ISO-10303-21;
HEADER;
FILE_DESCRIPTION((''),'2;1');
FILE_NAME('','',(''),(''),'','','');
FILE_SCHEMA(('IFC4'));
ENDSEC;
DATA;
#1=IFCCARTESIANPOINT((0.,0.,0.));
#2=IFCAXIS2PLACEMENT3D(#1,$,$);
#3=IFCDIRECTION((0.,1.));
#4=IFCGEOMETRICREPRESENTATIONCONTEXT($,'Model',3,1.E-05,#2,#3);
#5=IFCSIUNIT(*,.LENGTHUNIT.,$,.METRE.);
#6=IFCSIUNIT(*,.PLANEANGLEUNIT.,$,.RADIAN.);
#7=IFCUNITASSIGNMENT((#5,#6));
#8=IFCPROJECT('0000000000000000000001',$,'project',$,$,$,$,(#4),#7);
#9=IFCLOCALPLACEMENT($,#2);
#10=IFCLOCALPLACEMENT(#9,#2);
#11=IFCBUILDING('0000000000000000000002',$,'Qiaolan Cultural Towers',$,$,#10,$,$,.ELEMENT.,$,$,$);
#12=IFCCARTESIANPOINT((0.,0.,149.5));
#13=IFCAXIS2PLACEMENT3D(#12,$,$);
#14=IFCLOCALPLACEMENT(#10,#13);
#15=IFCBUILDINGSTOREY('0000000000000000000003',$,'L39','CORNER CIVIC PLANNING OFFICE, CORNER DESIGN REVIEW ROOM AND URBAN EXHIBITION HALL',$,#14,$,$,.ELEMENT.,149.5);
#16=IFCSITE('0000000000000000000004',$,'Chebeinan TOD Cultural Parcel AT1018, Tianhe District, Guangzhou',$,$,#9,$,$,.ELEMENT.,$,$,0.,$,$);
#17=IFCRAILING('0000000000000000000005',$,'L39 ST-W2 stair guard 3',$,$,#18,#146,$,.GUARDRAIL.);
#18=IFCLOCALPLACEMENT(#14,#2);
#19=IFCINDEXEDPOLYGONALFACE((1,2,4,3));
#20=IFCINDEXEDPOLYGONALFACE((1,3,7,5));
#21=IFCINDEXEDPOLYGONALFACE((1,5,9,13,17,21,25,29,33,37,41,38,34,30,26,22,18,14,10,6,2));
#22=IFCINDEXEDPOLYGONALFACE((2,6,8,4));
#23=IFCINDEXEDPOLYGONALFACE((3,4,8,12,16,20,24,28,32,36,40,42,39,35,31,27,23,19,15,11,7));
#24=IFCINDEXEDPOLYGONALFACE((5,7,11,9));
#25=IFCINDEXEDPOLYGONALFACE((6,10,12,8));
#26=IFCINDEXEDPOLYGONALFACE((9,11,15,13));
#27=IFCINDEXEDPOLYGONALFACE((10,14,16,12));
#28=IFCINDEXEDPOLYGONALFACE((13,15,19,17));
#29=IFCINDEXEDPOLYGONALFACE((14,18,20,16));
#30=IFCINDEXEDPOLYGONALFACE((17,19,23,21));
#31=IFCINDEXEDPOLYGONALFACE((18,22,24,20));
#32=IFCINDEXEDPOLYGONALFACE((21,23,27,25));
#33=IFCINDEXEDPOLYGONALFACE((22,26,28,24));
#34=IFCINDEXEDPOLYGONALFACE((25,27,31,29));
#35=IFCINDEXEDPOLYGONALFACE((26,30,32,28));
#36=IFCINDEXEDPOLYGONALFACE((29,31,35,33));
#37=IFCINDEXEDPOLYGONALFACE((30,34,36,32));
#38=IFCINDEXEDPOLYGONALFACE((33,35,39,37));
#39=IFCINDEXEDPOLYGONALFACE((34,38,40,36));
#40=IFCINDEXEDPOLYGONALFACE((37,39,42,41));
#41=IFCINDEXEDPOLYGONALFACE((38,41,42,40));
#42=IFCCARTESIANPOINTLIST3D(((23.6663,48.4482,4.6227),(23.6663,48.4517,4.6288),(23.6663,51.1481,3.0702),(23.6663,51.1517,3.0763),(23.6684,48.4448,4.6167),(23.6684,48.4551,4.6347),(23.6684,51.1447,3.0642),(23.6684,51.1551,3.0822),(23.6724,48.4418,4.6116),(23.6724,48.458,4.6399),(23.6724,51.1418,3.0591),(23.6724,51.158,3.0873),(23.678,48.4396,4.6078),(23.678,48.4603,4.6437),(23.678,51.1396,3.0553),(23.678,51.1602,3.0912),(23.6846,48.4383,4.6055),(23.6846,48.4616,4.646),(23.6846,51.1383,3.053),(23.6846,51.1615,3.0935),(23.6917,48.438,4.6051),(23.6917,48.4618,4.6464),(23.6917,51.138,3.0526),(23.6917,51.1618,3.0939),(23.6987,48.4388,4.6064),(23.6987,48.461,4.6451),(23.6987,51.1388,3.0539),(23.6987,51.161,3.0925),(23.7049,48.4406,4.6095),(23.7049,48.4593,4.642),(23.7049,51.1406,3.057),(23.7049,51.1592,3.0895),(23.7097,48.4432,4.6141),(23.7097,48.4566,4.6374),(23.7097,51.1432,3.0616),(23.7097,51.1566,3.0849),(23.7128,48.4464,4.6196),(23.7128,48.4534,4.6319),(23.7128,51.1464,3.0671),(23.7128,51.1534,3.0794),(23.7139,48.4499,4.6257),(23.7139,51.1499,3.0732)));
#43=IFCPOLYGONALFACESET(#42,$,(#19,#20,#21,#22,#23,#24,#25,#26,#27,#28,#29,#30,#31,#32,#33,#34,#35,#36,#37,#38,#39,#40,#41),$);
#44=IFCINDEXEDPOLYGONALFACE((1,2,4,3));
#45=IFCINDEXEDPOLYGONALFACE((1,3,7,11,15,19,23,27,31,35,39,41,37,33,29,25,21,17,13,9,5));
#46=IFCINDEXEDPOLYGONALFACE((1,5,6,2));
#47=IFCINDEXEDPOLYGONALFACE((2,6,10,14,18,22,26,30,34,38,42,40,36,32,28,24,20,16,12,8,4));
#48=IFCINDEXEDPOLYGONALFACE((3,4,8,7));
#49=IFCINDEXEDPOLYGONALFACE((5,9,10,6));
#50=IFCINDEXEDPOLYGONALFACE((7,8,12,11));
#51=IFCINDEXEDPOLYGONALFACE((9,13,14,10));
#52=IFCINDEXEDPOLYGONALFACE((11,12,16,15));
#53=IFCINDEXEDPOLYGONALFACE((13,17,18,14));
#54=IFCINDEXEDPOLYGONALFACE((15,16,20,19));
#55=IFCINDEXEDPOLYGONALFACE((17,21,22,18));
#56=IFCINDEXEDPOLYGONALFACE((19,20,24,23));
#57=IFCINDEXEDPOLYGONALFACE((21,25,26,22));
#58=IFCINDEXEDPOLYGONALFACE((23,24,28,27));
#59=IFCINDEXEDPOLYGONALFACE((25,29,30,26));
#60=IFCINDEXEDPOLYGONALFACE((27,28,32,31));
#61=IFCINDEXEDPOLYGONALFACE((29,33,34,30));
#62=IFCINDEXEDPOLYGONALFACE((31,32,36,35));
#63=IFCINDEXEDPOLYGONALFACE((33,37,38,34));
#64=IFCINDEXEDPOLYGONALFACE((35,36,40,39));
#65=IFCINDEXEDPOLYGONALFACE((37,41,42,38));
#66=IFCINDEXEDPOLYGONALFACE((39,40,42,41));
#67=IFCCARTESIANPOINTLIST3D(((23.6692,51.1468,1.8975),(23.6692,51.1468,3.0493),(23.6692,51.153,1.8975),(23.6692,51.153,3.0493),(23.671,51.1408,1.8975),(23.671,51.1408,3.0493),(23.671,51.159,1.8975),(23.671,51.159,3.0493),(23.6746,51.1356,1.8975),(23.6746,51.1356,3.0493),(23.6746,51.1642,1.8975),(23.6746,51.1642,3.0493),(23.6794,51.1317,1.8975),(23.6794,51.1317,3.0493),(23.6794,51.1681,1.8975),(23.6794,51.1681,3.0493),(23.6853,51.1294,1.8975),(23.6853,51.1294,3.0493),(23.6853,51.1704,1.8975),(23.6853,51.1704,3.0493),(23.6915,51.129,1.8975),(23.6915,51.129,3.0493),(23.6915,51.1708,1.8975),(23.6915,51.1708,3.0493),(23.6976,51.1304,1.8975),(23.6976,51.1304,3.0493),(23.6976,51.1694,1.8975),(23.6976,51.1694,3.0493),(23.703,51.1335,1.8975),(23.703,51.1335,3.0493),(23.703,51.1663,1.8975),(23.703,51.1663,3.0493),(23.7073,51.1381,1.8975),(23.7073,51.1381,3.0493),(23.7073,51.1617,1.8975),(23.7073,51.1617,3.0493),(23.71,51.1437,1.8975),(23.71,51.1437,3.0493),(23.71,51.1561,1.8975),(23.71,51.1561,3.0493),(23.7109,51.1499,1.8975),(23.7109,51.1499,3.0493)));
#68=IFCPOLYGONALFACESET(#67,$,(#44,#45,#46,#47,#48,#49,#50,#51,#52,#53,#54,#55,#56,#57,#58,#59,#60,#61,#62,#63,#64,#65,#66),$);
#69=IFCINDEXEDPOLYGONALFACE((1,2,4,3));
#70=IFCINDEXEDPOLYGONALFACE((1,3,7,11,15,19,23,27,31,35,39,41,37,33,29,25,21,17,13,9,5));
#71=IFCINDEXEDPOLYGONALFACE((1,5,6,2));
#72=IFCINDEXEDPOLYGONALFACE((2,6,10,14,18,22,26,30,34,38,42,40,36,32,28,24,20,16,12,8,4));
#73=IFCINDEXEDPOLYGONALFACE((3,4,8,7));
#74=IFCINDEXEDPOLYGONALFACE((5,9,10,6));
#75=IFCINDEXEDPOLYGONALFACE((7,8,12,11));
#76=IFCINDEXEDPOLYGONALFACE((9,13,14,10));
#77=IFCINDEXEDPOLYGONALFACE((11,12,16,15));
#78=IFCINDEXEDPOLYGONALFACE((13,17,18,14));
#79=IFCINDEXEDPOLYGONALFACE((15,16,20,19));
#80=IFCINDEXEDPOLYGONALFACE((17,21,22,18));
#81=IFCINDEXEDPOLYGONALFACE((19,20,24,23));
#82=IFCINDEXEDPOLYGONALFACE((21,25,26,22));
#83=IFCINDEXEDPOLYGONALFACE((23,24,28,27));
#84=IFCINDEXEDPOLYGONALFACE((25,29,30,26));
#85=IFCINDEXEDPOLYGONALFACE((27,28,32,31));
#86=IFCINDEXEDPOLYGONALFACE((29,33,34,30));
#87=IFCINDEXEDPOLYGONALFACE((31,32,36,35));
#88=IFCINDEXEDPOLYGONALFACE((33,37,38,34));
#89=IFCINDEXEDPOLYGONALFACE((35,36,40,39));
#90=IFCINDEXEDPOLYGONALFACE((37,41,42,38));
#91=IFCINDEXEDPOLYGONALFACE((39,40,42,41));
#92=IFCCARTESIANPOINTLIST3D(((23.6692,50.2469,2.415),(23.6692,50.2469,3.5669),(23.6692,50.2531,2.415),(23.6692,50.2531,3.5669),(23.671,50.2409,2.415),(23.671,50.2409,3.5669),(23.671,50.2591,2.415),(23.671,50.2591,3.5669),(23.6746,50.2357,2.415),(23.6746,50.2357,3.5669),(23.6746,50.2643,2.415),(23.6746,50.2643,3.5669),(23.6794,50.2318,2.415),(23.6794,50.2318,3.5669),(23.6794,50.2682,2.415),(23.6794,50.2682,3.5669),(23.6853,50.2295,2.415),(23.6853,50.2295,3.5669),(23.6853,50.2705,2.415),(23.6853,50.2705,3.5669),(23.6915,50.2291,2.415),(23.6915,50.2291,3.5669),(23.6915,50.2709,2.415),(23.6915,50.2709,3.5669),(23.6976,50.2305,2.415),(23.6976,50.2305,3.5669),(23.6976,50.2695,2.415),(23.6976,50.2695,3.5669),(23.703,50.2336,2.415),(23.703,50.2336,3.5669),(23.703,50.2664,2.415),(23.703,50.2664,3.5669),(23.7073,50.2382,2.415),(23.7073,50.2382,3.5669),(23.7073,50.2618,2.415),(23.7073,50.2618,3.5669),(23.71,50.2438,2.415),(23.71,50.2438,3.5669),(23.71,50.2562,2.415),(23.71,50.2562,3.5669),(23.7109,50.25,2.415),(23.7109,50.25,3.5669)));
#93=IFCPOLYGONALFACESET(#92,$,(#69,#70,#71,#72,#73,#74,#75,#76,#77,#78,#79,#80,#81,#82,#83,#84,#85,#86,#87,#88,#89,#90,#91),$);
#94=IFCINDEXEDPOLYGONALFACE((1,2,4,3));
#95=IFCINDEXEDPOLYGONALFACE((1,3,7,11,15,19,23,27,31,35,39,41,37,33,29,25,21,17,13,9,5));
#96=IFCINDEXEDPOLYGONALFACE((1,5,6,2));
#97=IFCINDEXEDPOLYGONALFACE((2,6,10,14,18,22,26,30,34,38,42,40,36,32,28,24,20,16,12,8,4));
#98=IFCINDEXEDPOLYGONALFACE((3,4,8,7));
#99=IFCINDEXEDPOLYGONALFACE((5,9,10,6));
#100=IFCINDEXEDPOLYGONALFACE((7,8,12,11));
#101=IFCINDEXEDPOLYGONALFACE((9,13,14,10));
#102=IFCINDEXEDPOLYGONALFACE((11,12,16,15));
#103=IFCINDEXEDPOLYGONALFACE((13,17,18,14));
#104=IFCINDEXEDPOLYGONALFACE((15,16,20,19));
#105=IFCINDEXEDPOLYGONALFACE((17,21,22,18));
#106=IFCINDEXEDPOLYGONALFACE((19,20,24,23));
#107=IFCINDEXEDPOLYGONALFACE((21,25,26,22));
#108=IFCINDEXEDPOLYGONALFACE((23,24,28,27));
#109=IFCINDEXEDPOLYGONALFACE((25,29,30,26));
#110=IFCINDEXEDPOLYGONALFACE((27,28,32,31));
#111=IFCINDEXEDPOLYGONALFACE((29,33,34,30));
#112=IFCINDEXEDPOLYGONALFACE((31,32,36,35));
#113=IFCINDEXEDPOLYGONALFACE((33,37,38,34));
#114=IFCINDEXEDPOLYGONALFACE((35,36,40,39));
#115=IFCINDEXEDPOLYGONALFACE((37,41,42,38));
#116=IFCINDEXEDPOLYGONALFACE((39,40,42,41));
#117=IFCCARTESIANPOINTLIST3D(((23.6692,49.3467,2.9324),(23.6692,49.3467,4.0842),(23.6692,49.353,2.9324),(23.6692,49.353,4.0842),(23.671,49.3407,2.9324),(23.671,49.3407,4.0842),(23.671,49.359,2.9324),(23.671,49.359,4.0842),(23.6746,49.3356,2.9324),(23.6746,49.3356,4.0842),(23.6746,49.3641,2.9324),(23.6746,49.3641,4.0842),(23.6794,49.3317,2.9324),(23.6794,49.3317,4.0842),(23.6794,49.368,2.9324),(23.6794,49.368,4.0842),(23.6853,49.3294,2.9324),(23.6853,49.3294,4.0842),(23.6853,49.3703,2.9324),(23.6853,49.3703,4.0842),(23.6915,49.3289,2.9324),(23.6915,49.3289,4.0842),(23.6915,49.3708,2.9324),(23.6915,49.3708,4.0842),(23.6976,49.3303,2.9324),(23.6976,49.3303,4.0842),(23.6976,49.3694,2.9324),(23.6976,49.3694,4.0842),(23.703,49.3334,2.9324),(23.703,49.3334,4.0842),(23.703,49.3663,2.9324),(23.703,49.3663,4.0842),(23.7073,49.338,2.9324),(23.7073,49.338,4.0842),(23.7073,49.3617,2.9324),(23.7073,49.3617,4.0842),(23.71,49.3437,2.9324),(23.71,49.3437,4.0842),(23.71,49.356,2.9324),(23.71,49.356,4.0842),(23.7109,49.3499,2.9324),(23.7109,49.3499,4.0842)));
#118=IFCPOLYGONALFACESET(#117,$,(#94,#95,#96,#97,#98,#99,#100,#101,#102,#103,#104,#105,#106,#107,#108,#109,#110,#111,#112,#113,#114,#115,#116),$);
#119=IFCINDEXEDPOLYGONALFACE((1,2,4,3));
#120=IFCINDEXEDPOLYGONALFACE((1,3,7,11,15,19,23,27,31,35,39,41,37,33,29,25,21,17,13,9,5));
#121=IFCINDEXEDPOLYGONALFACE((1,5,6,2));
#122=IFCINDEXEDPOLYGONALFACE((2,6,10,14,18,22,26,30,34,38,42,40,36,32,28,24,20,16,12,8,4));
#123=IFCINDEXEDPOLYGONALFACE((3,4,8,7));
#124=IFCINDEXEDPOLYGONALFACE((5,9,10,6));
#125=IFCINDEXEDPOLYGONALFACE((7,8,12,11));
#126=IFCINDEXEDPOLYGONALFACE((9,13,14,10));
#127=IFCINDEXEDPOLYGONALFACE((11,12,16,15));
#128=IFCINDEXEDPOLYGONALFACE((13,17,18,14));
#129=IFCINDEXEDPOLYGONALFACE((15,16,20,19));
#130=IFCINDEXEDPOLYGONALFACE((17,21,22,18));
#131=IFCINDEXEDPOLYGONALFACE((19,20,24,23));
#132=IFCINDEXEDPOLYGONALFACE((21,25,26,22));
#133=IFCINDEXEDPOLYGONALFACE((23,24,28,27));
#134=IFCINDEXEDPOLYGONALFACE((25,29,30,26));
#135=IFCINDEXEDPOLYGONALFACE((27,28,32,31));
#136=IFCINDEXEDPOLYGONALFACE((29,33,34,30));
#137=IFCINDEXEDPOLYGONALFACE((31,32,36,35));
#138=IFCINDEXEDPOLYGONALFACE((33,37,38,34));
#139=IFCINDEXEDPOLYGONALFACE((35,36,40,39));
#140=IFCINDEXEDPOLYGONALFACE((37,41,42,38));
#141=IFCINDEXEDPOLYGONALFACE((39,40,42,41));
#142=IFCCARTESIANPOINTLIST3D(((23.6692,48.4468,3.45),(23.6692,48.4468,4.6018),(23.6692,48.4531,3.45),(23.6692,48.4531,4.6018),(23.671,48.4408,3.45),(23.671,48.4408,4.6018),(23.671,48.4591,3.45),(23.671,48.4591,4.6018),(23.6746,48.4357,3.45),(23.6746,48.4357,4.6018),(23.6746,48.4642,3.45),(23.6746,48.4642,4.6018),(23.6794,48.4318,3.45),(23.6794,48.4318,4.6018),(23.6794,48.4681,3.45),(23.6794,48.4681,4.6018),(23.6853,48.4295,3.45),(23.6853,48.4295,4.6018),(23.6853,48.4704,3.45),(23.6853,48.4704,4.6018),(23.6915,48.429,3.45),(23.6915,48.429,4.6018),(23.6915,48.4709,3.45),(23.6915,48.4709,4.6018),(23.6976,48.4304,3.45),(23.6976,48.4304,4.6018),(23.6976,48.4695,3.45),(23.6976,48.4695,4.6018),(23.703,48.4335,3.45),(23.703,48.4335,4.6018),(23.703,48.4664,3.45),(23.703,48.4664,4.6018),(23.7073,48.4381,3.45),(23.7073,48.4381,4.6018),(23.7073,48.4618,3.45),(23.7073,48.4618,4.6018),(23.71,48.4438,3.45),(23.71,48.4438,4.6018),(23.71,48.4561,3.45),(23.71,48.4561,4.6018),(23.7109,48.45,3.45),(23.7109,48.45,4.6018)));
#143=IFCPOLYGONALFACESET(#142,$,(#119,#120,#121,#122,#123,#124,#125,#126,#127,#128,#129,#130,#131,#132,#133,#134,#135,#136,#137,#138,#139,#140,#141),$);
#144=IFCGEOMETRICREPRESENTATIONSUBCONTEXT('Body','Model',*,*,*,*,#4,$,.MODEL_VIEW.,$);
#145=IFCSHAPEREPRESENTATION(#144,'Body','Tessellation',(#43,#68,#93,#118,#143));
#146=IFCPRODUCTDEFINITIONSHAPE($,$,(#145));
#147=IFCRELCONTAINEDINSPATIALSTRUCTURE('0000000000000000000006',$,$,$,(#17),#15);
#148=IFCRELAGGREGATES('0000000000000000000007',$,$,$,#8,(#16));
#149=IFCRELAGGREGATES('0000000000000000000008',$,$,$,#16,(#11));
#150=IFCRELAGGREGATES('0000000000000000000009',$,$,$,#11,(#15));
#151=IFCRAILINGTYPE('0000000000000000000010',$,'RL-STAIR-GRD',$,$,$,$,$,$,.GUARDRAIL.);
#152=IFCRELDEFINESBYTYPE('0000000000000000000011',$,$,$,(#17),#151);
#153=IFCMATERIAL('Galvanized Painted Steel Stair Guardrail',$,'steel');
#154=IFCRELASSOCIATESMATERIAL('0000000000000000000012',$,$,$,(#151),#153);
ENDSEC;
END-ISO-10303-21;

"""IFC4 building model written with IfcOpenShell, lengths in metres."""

from ifc_helpers import new_model, si_unit, direction, frame, origin, origin_2d, place, context, subcontext, project, spatial, circle, extrude, material, type_object, element, save


model = new_model("IFC4")

# Units and contexts
model_context = context("Model", 3, precision=1e-05, world=origin(), true_north=direction((0.0, 1.0)))
body_context = subcontext(model_context, "Body", "Model", "MODEL_VIEW")
ifc_project = project(units=[si_unit("LENGTHUNIT", "METRE"), si_unit("PLANEANGLEUNIT", "RADIAN")], contexts=[model_context])

# Site, building, storey
site_placement = place(None, origin())
site = spatial("IfcSite", under=ifc_project, at=site_placement, Name="Chebeinan TOD Cultural Parcel AT1018, Tianhe District, Guangzhou", CompositionType="ELEMENT", RefElevation=0.0)
building_placement = place(site_placement, origin())
building = spatial("IfcBuilding", under=site, at=building_placement, Name="Qiaolan Cultural Towers", CompositionType="ELEMENT")
storey_placement = place(building_placement, frame((0.0, 0.0, 149.5)))
storey = spatial("IfcBuildingStorey", under=building, at=storey_placement, Name="L39", Description="CORNER CIVIC PLANNING OFFICE, CORNER DESIGN REVIEW ROOM AND URBAN EXHIBITION HALL", CompositionType="ELEMENT", Elevation=149.5)

# Railing
ifc_material_1 = material(Name="Galvanized Painted Steel Stair Guardrail", Category="steel")
railing_type_1 = type_object("IfcRailingType", Name="RL-STAIR-GRD", PredefinedType="GUARDRAIL", material=ifc_material_1)
railing_1_placement = place(storey_placement, frame((23.6899, 51.1499, 1.8975)))
element("IfcRailing", 1, at=railing_1_placement, inside=storey, type_object=railing_type_1, Name="L39 ST-W2 stair guard 3", PredefinedType="GUARDRAIL", context=body_context, shape_type="SweptSolid", body=[
    extrude(circle(Radius=0.0239, at=origin_2d()), frame((0.0, 0.0, 1.1758), z_axis=(0.0, -0.866904, 0.498476), x_axis=(1.0, 0.0, 0.0)), (0.0, 0.0, 1.0), 3.1145),
    extrude(circle(Radius=0.021, at=origin_2d()), origin(), (0.0, 0.0, 1.0), 1.1519),
    extrude(circle(Radius=0.021, at=origin_2d()), frame((0.0, -0.8999, 0.5176)), (0.0, 0.0, 1.0), 1.1519),
    extrude(circle(Radius=0.021, at=origin_2d()), frame((0.0, -1.8, 1.0349)), (0.0, 0.0, 1.0), 1.1519),
    extrude(circle(Radius=0.021, at=origin_2d()), frame((0.0, -2.7, 1.5525)), (0.0, 0.0, 1.0), 1.1519),
])

save(model, "model.ifc")
